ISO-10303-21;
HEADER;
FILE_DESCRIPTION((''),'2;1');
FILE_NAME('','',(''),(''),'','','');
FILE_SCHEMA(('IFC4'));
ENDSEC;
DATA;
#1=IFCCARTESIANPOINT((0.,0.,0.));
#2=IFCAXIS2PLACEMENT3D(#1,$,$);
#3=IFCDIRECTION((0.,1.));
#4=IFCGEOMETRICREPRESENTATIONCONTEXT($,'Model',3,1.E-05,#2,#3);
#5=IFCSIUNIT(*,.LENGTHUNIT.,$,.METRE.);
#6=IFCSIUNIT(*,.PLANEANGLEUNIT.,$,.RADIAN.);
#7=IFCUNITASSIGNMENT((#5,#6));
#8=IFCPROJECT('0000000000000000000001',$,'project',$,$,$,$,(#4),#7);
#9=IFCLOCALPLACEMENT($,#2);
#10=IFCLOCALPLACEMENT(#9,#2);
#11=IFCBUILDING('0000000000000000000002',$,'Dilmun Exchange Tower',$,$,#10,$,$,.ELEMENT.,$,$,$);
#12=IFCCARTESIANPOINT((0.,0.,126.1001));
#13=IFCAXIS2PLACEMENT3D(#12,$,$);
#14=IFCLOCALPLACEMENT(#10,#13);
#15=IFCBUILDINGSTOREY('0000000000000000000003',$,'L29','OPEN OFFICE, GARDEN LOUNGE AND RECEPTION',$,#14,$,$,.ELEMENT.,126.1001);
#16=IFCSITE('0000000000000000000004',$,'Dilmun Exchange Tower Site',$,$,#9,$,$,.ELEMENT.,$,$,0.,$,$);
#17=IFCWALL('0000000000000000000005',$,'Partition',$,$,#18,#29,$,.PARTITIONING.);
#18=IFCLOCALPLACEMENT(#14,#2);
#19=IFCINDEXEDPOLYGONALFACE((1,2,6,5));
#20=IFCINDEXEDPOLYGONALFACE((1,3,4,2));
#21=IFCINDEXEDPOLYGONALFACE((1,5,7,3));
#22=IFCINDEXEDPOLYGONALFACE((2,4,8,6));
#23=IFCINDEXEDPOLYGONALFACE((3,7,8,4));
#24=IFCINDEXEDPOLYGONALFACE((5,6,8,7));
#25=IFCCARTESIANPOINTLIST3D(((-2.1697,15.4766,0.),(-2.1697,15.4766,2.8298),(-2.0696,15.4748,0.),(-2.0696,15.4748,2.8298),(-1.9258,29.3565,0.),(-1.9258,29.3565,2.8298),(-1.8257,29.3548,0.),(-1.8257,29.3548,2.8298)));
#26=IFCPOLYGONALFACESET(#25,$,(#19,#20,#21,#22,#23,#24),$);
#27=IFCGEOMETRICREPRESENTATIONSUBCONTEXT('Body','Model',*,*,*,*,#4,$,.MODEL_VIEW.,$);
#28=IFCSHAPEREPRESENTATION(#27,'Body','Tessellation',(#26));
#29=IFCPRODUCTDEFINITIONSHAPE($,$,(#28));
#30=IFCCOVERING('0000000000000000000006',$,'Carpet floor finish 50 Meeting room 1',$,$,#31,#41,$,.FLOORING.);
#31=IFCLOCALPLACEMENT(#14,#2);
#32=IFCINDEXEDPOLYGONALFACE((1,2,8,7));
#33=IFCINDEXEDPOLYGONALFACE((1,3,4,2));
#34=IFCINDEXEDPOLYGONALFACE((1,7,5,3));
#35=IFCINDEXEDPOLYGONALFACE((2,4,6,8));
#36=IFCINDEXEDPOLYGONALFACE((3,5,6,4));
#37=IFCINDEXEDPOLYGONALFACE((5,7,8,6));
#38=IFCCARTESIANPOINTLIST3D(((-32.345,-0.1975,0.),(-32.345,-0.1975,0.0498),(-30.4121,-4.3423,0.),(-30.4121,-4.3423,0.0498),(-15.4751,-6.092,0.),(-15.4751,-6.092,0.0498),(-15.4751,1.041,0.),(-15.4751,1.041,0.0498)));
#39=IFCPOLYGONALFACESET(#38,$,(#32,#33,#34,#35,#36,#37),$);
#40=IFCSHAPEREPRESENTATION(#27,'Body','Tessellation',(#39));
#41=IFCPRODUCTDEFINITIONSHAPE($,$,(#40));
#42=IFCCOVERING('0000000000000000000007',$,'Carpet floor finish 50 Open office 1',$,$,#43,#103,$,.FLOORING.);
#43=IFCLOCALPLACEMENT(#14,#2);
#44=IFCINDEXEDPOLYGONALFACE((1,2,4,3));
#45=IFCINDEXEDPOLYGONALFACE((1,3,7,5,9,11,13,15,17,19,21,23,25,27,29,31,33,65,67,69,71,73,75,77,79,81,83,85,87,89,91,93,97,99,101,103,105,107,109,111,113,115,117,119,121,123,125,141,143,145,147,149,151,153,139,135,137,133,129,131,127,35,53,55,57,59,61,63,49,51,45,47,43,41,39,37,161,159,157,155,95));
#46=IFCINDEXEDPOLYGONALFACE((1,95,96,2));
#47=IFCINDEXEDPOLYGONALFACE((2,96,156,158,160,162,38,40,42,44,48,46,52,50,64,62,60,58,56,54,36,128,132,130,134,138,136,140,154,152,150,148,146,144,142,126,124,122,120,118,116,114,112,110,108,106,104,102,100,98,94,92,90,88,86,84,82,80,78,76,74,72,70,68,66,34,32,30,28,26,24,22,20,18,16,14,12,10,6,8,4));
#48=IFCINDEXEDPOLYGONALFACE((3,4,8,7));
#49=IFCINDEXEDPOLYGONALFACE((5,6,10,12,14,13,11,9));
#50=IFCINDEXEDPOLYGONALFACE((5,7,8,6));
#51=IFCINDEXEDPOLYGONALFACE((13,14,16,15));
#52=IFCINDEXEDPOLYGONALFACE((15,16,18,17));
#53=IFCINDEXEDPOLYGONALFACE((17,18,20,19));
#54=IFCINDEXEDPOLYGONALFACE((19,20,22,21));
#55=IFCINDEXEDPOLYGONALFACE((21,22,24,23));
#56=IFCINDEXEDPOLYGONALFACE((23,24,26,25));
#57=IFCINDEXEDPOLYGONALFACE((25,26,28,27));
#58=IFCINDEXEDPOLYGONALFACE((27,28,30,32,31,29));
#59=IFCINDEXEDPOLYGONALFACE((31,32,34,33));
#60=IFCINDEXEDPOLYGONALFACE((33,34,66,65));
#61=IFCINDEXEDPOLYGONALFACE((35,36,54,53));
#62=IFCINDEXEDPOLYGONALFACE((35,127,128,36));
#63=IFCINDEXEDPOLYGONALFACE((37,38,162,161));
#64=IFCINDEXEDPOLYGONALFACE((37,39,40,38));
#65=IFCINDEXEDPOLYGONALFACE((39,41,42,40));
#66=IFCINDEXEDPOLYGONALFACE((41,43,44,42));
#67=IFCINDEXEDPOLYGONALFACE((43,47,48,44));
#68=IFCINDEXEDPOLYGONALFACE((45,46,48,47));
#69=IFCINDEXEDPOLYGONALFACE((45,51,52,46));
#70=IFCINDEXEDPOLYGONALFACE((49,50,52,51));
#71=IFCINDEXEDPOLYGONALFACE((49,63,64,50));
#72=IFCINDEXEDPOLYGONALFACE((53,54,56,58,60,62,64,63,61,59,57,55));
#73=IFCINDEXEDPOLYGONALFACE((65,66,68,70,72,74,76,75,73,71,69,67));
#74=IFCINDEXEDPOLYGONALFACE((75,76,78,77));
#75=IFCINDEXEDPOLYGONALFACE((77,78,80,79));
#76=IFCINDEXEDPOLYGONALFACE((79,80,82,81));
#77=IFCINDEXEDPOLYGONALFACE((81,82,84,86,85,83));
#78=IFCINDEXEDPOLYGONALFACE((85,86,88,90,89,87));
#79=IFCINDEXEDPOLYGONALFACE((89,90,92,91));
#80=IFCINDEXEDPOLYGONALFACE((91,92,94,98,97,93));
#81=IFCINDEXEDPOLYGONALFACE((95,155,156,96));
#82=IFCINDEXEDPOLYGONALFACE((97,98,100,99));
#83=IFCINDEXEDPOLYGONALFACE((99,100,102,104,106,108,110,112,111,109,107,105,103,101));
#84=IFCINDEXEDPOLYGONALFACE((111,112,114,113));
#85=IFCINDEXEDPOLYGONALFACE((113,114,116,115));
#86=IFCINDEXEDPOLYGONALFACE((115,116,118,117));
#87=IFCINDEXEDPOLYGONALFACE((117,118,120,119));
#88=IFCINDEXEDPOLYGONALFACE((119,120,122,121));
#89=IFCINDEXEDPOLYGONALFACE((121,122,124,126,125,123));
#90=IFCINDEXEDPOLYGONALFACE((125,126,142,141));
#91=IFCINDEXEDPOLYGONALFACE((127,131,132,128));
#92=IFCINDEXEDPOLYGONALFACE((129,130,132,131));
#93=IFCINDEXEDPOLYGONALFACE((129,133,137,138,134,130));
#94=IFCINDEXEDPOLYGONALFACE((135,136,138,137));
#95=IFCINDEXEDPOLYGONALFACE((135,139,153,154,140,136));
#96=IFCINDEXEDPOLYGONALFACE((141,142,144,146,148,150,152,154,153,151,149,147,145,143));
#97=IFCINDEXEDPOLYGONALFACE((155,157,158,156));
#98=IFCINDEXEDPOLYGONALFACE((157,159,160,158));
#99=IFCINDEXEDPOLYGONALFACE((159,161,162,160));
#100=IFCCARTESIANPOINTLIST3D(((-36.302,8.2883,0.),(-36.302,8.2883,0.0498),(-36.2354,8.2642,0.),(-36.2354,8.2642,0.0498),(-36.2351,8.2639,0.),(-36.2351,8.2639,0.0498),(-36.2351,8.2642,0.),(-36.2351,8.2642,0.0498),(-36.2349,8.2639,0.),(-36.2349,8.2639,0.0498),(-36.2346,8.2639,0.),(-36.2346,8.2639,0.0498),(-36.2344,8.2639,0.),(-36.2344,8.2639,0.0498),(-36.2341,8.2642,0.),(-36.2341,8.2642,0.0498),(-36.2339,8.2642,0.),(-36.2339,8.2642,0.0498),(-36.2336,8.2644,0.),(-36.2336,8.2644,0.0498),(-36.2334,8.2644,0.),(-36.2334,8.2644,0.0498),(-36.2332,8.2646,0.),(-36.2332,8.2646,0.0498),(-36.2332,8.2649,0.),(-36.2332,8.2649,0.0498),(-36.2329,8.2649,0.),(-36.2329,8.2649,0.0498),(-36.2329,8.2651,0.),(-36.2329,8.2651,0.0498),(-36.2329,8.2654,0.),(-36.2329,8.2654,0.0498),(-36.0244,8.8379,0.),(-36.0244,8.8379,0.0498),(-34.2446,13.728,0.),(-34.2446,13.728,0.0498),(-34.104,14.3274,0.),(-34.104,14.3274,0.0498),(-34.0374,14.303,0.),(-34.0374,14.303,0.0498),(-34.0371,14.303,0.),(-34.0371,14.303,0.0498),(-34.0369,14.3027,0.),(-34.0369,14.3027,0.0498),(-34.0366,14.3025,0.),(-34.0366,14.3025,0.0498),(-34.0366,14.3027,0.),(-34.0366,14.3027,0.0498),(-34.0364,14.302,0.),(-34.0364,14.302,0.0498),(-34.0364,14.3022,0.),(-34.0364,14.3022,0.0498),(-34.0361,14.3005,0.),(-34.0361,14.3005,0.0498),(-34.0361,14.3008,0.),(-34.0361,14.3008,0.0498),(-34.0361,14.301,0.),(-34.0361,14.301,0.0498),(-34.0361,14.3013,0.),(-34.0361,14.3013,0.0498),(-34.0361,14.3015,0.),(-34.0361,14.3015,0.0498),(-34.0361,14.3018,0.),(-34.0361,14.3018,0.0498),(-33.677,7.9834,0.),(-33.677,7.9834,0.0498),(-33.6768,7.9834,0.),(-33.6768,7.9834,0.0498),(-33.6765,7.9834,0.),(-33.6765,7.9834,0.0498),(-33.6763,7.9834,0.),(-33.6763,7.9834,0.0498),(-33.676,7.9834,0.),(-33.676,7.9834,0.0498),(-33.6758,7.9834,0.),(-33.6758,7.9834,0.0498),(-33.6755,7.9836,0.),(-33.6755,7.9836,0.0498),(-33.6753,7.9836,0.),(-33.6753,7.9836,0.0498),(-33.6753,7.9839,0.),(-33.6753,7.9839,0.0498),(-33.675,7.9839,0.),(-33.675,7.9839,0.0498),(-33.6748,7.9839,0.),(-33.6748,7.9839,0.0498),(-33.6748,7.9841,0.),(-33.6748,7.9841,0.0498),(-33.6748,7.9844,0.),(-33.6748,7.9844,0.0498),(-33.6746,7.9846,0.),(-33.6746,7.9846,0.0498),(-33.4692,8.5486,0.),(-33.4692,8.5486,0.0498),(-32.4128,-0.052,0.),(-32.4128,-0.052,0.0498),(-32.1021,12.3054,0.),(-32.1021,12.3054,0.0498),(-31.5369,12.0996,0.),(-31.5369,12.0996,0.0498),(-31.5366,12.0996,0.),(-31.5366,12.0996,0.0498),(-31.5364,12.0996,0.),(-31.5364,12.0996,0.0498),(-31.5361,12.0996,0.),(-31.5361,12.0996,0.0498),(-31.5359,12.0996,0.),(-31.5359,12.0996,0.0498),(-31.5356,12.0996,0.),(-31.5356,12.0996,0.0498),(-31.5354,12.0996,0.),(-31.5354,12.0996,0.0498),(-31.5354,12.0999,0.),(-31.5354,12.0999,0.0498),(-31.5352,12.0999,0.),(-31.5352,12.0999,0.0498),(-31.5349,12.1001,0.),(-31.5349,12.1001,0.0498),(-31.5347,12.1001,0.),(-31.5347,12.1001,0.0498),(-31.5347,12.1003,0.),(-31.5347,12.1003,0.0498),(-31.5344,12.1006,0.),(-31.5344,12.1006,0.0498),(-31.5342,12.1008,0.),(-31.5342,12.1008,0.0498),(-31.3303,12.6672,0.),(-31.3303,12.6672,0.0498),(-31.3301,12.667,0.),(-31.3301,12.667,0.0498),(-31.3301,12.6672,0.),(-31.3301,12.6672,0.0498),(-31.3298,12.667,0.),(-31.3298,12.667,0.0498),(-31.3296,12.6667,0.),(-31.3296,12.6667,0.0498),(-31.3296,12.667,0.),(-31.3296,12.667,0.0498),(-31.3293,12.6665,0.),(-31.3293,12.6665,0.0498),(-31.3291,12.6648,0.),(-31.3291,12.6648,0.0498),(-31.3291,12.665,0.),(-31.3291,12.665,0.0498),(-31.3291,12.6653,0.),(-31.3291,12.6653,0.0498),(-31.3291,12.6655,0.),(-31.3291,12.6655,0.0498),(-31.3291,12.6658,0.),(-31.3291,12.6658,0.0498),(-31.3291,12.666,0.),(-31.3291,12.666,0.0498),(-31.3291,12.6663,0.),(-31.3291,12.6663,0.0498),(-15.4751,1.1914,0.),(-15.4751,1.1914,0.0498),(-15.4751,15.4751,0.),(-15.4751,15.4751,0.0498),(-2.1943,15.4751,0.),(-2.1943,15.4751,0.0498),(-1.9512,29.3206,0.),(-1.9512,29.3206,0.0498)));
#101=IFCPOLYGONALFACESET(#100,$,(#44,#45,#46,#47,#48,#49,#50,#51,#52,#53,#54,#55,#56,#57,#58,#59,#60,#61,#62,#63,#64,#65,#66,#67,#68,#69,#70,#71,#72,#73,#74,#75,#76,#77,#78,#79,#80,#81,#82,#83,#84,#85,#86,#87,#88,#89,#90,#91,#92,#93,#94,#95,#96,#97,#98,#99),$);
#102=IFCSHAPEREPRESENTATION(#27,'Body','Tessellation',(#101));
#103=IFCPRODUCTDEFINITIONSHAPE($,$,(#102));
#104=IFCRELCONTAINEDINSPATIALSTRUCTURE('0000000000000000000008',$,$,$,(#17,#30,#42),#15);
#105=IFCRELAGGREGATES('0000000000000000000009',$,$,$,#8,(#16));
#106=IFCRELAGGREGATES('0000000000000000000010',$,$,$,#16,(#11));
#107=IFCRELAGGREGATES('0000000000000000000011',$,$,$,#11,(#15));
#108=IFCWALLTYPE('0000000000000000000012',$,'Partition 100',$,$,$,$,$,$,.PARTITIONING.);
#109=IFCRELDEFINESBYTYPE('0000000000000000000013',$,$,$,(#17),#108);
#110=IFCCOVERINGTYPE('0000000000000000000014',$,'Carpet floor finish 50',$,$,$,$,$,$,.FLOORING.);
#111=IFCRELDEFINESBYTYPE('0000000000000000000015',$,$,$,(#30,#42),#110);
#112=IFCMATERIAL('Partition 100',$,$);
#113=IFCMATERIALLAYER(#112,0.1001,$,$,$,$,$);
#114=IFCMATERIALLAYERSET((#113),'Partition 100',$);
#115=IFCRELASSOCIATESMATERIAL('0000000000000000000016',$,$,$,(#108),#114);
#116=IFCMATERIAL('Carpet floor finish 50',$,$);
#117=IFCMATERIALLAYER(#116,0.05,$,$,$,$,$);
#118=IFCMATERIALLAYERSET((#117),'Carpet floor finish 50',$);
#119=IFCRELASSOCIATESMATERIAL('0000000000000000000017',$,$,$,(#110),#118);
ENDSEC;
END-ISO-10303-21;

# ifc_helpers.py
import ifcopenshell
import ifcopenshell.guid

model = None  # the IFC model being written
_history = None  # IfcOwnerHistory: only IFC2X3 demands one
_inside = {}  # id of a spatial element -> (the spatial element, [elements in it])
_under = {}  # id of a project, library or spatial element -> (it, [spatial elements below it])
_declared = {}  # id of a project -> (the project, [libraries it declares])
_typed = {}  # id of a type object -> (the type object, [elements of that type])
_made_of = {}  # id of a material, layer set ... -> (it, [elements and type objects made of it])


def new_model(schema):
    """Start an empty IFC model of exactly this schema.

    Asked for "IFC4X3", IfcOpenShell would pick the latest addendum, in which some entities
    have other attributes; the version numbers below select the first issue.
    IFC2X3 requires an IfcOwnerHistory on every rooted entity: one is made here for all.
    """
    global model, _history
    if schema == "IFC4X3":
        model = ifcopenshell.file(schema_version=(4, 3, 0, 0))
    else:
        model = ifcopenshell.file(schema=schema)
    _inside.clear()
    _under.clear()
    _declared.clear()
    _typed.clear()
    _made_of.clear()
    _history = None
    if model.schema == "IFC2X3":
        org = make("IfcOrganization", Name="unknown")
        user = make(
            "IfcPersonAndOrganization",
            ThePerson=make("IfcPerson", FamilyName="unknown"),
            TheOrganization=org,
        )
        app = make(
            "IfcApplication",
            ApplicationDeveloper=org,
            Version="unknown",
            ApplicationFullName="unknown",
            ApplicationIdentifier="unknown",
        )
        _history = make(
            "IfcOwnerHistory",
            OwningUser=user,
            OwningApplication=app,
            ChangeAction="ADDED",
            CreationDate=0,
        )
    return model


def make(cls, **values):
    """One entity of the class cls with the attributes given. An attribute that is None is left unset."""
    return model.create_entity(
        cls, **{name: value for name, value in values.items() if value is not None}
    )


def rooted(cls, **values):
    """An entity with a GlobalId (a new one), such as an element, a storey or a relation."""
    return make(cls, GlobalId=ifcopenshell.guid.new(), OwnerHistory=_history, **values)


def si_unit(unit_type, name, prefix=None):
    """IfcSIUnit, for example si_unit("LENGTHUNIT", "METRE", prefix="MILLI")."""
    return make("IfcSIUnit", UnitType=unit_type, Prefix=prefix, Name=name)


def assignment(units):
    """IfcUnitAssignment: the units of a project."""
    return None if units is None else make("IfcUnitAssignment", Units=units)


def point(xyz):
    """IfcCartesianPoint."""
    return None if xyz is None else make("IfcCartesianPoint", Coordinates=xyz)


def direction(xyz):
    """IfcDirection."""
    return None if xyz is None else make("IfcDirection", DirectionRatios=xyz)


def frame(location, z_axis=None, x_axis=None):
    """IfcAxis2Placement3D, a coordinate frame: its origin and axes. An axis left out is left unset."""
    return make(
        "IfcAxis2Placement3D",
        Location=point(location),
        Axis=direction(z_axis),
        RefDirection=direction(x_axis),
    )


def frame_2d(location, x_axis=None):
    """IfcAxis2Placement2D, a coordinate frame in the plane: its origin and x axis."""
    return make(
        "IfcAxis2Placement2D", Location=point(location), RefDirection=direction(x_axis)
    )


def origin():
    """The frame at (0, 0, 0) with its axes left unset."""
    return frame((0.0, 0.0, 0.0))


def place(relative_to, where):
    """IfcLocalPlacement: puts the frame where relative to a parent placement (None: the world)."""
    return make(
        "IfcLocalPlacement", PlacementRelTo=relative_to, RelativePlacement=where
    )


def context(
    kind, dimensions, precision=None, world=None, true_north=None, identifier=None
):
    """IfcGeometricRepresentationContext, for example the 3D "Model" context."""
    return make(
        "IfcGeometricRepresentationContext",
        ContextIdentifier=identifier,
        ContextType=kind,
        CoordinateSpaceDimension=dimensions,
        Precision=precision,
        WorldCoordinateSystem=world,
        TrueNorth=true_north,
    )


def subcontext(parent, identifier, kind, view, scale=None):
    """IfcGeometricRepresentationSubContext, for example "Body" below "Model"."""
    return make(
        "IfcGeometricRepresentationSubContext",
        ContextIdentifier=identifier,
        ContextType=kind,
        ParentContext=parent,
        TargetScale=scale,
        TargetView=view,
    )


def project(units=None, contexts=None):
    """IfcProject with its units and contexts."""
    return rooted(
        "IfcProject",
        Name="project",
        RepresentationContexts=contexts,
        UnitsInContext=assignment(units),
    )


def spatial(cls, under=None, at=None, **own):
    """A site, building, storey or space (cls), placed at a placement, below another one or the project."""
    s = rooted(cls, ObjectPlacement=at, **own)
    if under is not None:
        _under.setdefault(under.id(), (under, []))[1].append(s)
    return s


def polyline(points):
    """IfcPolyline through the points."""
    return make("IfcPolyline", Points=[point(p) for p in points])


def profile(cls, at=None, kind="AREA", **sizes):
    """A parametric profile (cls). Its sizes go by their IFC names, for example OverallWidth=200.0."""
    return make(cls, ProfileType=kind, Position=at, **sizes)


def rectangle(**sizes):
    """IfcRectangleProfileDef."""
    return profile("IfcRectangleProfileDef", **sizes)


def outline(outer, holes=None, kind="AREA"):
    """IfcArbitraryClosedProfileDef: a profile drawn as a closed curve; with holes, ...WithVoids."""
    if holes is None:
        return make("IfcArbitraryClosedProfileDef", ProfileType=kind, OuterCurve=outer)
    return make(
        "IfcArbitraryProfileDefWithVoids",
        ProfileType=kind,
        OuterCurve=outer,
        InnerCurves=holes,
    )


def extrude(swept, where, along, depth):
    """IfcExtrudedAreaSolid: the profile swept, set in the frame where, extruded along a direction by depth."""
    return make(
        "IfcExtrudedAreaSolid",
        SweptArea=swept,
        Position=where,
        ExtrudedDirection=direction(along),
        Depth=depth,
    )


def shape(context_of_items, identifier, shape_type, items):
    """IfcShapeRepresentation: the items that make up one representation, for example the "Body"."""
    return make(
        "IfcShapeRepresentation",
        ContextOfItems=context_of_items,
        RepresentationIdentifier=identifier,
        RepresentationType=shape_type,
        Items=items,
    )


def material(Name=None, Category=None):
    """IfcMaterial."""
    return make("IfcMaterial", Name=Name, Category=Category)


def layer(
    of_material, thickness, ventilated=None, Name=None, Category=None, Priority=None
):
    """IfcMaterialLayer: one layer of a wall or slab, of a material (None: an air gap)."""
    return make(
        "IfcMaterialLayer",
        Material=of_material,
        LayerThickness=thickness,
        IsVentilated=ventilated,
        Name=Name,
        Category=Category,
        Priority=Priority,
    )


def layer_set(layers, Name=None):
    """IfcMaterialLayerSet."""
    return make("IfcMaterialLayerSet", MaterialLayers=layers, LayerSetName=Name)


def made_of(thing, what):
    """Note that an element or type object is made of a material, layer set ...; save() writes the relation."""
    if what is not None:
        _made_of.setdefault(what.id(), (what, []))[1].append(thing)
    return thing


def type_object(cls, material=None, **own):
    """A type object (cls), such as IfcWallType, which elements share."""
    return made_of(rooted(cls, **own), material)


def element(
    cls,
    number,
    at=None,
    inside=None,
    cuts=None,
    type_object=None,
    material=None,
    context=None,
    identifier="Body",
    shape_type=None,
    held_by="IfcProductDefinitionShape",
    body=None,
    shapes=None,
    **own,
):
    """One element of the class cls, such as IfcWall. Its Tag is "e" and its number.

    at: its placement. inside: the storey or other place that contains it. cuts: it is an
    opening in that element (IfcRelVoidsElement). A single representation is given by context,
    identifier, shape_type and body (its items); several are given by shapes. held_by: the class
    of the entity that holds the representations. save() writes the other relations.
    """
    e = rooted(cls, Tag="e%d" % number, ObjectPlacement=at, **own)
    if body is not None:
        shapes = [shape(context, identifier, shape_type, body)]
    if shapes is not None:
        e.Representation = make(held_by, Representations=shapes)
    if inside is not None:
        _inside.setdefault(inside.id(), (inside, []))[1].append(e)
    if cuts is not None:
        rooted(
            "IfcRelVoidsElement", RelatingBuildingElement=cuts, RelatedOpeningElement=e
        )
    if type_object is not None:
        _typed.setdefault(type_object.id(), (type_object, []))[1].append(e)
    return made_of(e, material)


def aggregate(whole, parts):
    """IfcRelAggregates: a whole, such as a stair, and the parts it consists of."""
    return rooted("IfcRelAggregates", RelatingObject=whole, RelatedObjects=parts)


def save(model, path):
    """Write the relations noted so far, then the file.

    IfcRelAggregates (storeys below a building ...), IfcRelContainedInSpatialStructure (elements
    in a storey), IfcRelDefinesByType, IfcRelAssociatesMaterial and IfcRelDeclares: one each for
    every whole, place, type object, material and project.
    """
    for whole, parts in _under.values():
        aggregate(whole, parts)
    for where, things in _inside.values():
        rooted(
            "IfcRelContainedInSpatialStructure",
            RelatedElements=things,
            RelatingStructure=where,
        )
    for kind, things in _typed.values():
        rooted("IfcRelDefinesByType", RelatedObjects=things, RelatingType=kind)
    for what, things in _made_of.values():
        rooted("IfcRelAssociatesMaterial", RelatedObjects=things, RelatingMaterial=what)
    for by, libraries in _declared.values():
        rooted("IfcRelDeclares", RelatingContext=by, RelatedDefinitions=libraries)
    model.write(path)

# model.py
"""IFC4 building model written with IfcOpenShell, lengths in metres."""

from ifc_helpers import new_model, si_unit, direction, frame, frame_2d, origin, place, context, subcontext, project, spatial, polyline, rectangle, outline, extrude, material, layer, layer_set, type_object, element, save


model = new_model("IFC4")

# Units and contexts
model_context = context("Model", 3, precision=1e-05, world=origin(), true_north=direction((0.0, 1.0)))
body_context = subcontext(model_context, "Body", "Model", "MODEL_VIEW")
ifc_project = project(units=[si_unit("LENGTHUNIT", "METRE"), si_unit("PLANEANGLEUNIT", "RADIAN")], contexts=[model_context])

# Site, building, storey
site_placement = place(None, origin())
site = spatial("IfcSite", under=ifc_project, at=site_placement, Name="Dilmun Exchange Tower Site", CompositionType="ELEMENT", RefElevation=0.0)
building_placement = place(site_placement, origin())
building = spatial("IfcBuilding", under=site, at=building_placement, Name="Dilmun Exchange Tower", CompositionType="ELEMENT")
storey_placement = place(building_placement, frame((0.0, 0.0, 126.1001)))
storey = spatial("IfcBuildingStorey", under=building, at=storey_placement, Name="L29", Description="OPEN OFFICE, GARDEN LOUNGE AND RECEPTION", CompositionType="ELEMENT", Elevation=126.1001)

# Wall
ifc_material_1 = material(Name="Partition 100")
ifc_layer_1 = layer(ifc_material_1, 0.1001)
ifc_layer_set_1 = layer_set([ifc_layer_1], Name="Partition 100")
wall_type_1 = type_object("IfcWallType", Name="Partition 100", PredefinedType="PARTITIONING", material=ifc_layer_set_1)
wall_1_placement = place(storey_placement, frame((-2.1196, 15.4758, 0.0), z_axis=(0.0, 0.0, 1.0), x_axis=(0.017569, 0.999846, 0.0)))
element("IfcWall", 1, at=wall_1_placement, inside=storey, type_object=wall_type_1, Name="Partition", PredefinedType="PARTITIONING", context=body_context, shape_type="SweptSolid", body=[
    extrude(rectangle(XDim=13.8821, YDim=0.1001, at=frame_2d((6.9409, 0.0))), origin(), (0.0, 0.0, 1.0), 2.8298),
])

# Coverings
ifc_material_2 = material(Name="Carpet floor finish 50")
ifc_layer_2 = layer(ifc_material_2, 0.05)
ifc_layer_set_2 = layer_set([ifc_layer_2], Name="Carpet floor finish 50")
covering_type_1 = type_object("IfcCoveringType", Name="Carpet floor finish 50", PredefinedType="FLOORING", material=ifc_layer_set_2)
covering_1_placement = place(storey_placement, origin())
element("IfcCovering", 2, at=covering_1_placement, inside=storey, type_object=covering_type_1, Name="Carpet floor finish 50 Meeting room 1", PredefinedType="FLOORING", context=body_context, shape_type="SweptSolid", body=[
    extrude(outline(polyline([(-15.4751, 1.041), (-15.4751, -6.092), (-30.4121, -4.3423), (-32.345, -0.1975), (-15.4751, 1.041)])), origin(), (0.0, 0.0, 1.0), 0.0498),
])
covering_2_placement = place(storey_placement, origin())
element("IfcCovering", 3, at=covering_2_placement, inside=storey, type_object=covering_type_1, Name="Carpet floor finish 50 Open office 1", PredefinedType="FLOORING", context=body_context, shape_type="SweptSolid", body=[
    extrude(outline(polyline([(-2.1943, 15.4751), (-15.4751, 15.4751), (-15.4751, 1.1914), (-32.4128, -0.052), (-36.302, 8.2883), (-36.2354, 8.2642), (-36.2351, 8.2642), (-36.2351, 8.2639), (-36.2349, 8.2639), (-36.2346, 8.2639), (-36.2344, 8.2639), (-36.2341, 8.2642), (-36.2339, 8.2642), (-36.2339, 8.2642), (-36.2336, 8.2644), (-36.2334, 8.2644), (-36.2334, 8.2644), (-36.2332, 8.2646), (-36.2332, 8.2649), (-36.2329, 8.2649), (-36.2329, 8.2651), (-36.2329, 8.2654), (-36.0244, 8.8379), (-33.677, 7.9834), (-33.677, 7.9834), (-33.6768, 7.9834), (-33.6765, 7.9834), (-33.6763, 7.9834), (-33.676, 7.9834), (-33.6758, 7.9834), (-33.6758, 7.9834), (-33.6755, 7.9836), (-33.6753, 7.9836), (-33.6753, 7.9839), (-33.675, 7.9839), (-33.6748, 7.9839), (-33.6748, 7.9841), (-33.6748, 7.9844), (-33.6746, 7.9846), (-33.6746, 7.9846), (-33.4692, 8.5486), (-32.1021, 12.3054), (-31.5369, 12.0996), (-31.5366, 12.0996), (-31.5366, 12.0996), (-31.5364, 12.0996), (-31.5361, 12.0996), (-31.5359, 12.0996), (-31.5356, 12.0996), (-31.5354, 12.0996), (-31.5354, 12.0999), (-31.5352, 12.0999), (-31.5349, 12.1001), (-31.5349, 12.1001), (-31.5347, 12.1001), (-31.5347, 12.1003), (-31.5344, 12.1006), (-31.5344, 12.1006), (-31.5342, 12.1008), (-31.3291, 12.6648), (-31.3291, 12.6648), (-31.3291, 12.665), (-31.3291, 12.6653), (-31.3291, 12.6655), (-31.3291, 12.6658), (-31.3291, 12.666), (-31.3291, 12.666), (-31.3291, 12.6663), (-31.3293, 12.6665), (-31.3293, 12.6665), (-31.3296, 12.6667), (-31.3296, 12.667), (-31.3298, 12.667), (-31.3301, 12.667), (-31.3301, 12.6672), (-31.3303, 12.6672), (-34.2446, 13.728), (-34.0361, 14.3005), (-34.0361, 14.3008), (-34.0361, 14.3008), (-34.0361, 14.301), (-34.0361, 14.3013), (-34.0361, 14.3015), (-34.0361, 14.3018), (-34.0361, 14.3018), (-34.0364, 14.302), (-34.0364, 14.3022), (-34.0366, 14.3025), (-34.0366, 14.3025), (-34.0366, 14.3027), (-34.0369, 14.3027), (-34.0371, 14.303), (-34.0371, 14.303), (-34.0374, 14.303), (-34.104, 14.3274), (-1.9512, 29.3206), (-2.1943, 15.4751)])), origin(), (0.0, 0.0, 1.0), 0.0498),
])

save(model, "model.ifc")
